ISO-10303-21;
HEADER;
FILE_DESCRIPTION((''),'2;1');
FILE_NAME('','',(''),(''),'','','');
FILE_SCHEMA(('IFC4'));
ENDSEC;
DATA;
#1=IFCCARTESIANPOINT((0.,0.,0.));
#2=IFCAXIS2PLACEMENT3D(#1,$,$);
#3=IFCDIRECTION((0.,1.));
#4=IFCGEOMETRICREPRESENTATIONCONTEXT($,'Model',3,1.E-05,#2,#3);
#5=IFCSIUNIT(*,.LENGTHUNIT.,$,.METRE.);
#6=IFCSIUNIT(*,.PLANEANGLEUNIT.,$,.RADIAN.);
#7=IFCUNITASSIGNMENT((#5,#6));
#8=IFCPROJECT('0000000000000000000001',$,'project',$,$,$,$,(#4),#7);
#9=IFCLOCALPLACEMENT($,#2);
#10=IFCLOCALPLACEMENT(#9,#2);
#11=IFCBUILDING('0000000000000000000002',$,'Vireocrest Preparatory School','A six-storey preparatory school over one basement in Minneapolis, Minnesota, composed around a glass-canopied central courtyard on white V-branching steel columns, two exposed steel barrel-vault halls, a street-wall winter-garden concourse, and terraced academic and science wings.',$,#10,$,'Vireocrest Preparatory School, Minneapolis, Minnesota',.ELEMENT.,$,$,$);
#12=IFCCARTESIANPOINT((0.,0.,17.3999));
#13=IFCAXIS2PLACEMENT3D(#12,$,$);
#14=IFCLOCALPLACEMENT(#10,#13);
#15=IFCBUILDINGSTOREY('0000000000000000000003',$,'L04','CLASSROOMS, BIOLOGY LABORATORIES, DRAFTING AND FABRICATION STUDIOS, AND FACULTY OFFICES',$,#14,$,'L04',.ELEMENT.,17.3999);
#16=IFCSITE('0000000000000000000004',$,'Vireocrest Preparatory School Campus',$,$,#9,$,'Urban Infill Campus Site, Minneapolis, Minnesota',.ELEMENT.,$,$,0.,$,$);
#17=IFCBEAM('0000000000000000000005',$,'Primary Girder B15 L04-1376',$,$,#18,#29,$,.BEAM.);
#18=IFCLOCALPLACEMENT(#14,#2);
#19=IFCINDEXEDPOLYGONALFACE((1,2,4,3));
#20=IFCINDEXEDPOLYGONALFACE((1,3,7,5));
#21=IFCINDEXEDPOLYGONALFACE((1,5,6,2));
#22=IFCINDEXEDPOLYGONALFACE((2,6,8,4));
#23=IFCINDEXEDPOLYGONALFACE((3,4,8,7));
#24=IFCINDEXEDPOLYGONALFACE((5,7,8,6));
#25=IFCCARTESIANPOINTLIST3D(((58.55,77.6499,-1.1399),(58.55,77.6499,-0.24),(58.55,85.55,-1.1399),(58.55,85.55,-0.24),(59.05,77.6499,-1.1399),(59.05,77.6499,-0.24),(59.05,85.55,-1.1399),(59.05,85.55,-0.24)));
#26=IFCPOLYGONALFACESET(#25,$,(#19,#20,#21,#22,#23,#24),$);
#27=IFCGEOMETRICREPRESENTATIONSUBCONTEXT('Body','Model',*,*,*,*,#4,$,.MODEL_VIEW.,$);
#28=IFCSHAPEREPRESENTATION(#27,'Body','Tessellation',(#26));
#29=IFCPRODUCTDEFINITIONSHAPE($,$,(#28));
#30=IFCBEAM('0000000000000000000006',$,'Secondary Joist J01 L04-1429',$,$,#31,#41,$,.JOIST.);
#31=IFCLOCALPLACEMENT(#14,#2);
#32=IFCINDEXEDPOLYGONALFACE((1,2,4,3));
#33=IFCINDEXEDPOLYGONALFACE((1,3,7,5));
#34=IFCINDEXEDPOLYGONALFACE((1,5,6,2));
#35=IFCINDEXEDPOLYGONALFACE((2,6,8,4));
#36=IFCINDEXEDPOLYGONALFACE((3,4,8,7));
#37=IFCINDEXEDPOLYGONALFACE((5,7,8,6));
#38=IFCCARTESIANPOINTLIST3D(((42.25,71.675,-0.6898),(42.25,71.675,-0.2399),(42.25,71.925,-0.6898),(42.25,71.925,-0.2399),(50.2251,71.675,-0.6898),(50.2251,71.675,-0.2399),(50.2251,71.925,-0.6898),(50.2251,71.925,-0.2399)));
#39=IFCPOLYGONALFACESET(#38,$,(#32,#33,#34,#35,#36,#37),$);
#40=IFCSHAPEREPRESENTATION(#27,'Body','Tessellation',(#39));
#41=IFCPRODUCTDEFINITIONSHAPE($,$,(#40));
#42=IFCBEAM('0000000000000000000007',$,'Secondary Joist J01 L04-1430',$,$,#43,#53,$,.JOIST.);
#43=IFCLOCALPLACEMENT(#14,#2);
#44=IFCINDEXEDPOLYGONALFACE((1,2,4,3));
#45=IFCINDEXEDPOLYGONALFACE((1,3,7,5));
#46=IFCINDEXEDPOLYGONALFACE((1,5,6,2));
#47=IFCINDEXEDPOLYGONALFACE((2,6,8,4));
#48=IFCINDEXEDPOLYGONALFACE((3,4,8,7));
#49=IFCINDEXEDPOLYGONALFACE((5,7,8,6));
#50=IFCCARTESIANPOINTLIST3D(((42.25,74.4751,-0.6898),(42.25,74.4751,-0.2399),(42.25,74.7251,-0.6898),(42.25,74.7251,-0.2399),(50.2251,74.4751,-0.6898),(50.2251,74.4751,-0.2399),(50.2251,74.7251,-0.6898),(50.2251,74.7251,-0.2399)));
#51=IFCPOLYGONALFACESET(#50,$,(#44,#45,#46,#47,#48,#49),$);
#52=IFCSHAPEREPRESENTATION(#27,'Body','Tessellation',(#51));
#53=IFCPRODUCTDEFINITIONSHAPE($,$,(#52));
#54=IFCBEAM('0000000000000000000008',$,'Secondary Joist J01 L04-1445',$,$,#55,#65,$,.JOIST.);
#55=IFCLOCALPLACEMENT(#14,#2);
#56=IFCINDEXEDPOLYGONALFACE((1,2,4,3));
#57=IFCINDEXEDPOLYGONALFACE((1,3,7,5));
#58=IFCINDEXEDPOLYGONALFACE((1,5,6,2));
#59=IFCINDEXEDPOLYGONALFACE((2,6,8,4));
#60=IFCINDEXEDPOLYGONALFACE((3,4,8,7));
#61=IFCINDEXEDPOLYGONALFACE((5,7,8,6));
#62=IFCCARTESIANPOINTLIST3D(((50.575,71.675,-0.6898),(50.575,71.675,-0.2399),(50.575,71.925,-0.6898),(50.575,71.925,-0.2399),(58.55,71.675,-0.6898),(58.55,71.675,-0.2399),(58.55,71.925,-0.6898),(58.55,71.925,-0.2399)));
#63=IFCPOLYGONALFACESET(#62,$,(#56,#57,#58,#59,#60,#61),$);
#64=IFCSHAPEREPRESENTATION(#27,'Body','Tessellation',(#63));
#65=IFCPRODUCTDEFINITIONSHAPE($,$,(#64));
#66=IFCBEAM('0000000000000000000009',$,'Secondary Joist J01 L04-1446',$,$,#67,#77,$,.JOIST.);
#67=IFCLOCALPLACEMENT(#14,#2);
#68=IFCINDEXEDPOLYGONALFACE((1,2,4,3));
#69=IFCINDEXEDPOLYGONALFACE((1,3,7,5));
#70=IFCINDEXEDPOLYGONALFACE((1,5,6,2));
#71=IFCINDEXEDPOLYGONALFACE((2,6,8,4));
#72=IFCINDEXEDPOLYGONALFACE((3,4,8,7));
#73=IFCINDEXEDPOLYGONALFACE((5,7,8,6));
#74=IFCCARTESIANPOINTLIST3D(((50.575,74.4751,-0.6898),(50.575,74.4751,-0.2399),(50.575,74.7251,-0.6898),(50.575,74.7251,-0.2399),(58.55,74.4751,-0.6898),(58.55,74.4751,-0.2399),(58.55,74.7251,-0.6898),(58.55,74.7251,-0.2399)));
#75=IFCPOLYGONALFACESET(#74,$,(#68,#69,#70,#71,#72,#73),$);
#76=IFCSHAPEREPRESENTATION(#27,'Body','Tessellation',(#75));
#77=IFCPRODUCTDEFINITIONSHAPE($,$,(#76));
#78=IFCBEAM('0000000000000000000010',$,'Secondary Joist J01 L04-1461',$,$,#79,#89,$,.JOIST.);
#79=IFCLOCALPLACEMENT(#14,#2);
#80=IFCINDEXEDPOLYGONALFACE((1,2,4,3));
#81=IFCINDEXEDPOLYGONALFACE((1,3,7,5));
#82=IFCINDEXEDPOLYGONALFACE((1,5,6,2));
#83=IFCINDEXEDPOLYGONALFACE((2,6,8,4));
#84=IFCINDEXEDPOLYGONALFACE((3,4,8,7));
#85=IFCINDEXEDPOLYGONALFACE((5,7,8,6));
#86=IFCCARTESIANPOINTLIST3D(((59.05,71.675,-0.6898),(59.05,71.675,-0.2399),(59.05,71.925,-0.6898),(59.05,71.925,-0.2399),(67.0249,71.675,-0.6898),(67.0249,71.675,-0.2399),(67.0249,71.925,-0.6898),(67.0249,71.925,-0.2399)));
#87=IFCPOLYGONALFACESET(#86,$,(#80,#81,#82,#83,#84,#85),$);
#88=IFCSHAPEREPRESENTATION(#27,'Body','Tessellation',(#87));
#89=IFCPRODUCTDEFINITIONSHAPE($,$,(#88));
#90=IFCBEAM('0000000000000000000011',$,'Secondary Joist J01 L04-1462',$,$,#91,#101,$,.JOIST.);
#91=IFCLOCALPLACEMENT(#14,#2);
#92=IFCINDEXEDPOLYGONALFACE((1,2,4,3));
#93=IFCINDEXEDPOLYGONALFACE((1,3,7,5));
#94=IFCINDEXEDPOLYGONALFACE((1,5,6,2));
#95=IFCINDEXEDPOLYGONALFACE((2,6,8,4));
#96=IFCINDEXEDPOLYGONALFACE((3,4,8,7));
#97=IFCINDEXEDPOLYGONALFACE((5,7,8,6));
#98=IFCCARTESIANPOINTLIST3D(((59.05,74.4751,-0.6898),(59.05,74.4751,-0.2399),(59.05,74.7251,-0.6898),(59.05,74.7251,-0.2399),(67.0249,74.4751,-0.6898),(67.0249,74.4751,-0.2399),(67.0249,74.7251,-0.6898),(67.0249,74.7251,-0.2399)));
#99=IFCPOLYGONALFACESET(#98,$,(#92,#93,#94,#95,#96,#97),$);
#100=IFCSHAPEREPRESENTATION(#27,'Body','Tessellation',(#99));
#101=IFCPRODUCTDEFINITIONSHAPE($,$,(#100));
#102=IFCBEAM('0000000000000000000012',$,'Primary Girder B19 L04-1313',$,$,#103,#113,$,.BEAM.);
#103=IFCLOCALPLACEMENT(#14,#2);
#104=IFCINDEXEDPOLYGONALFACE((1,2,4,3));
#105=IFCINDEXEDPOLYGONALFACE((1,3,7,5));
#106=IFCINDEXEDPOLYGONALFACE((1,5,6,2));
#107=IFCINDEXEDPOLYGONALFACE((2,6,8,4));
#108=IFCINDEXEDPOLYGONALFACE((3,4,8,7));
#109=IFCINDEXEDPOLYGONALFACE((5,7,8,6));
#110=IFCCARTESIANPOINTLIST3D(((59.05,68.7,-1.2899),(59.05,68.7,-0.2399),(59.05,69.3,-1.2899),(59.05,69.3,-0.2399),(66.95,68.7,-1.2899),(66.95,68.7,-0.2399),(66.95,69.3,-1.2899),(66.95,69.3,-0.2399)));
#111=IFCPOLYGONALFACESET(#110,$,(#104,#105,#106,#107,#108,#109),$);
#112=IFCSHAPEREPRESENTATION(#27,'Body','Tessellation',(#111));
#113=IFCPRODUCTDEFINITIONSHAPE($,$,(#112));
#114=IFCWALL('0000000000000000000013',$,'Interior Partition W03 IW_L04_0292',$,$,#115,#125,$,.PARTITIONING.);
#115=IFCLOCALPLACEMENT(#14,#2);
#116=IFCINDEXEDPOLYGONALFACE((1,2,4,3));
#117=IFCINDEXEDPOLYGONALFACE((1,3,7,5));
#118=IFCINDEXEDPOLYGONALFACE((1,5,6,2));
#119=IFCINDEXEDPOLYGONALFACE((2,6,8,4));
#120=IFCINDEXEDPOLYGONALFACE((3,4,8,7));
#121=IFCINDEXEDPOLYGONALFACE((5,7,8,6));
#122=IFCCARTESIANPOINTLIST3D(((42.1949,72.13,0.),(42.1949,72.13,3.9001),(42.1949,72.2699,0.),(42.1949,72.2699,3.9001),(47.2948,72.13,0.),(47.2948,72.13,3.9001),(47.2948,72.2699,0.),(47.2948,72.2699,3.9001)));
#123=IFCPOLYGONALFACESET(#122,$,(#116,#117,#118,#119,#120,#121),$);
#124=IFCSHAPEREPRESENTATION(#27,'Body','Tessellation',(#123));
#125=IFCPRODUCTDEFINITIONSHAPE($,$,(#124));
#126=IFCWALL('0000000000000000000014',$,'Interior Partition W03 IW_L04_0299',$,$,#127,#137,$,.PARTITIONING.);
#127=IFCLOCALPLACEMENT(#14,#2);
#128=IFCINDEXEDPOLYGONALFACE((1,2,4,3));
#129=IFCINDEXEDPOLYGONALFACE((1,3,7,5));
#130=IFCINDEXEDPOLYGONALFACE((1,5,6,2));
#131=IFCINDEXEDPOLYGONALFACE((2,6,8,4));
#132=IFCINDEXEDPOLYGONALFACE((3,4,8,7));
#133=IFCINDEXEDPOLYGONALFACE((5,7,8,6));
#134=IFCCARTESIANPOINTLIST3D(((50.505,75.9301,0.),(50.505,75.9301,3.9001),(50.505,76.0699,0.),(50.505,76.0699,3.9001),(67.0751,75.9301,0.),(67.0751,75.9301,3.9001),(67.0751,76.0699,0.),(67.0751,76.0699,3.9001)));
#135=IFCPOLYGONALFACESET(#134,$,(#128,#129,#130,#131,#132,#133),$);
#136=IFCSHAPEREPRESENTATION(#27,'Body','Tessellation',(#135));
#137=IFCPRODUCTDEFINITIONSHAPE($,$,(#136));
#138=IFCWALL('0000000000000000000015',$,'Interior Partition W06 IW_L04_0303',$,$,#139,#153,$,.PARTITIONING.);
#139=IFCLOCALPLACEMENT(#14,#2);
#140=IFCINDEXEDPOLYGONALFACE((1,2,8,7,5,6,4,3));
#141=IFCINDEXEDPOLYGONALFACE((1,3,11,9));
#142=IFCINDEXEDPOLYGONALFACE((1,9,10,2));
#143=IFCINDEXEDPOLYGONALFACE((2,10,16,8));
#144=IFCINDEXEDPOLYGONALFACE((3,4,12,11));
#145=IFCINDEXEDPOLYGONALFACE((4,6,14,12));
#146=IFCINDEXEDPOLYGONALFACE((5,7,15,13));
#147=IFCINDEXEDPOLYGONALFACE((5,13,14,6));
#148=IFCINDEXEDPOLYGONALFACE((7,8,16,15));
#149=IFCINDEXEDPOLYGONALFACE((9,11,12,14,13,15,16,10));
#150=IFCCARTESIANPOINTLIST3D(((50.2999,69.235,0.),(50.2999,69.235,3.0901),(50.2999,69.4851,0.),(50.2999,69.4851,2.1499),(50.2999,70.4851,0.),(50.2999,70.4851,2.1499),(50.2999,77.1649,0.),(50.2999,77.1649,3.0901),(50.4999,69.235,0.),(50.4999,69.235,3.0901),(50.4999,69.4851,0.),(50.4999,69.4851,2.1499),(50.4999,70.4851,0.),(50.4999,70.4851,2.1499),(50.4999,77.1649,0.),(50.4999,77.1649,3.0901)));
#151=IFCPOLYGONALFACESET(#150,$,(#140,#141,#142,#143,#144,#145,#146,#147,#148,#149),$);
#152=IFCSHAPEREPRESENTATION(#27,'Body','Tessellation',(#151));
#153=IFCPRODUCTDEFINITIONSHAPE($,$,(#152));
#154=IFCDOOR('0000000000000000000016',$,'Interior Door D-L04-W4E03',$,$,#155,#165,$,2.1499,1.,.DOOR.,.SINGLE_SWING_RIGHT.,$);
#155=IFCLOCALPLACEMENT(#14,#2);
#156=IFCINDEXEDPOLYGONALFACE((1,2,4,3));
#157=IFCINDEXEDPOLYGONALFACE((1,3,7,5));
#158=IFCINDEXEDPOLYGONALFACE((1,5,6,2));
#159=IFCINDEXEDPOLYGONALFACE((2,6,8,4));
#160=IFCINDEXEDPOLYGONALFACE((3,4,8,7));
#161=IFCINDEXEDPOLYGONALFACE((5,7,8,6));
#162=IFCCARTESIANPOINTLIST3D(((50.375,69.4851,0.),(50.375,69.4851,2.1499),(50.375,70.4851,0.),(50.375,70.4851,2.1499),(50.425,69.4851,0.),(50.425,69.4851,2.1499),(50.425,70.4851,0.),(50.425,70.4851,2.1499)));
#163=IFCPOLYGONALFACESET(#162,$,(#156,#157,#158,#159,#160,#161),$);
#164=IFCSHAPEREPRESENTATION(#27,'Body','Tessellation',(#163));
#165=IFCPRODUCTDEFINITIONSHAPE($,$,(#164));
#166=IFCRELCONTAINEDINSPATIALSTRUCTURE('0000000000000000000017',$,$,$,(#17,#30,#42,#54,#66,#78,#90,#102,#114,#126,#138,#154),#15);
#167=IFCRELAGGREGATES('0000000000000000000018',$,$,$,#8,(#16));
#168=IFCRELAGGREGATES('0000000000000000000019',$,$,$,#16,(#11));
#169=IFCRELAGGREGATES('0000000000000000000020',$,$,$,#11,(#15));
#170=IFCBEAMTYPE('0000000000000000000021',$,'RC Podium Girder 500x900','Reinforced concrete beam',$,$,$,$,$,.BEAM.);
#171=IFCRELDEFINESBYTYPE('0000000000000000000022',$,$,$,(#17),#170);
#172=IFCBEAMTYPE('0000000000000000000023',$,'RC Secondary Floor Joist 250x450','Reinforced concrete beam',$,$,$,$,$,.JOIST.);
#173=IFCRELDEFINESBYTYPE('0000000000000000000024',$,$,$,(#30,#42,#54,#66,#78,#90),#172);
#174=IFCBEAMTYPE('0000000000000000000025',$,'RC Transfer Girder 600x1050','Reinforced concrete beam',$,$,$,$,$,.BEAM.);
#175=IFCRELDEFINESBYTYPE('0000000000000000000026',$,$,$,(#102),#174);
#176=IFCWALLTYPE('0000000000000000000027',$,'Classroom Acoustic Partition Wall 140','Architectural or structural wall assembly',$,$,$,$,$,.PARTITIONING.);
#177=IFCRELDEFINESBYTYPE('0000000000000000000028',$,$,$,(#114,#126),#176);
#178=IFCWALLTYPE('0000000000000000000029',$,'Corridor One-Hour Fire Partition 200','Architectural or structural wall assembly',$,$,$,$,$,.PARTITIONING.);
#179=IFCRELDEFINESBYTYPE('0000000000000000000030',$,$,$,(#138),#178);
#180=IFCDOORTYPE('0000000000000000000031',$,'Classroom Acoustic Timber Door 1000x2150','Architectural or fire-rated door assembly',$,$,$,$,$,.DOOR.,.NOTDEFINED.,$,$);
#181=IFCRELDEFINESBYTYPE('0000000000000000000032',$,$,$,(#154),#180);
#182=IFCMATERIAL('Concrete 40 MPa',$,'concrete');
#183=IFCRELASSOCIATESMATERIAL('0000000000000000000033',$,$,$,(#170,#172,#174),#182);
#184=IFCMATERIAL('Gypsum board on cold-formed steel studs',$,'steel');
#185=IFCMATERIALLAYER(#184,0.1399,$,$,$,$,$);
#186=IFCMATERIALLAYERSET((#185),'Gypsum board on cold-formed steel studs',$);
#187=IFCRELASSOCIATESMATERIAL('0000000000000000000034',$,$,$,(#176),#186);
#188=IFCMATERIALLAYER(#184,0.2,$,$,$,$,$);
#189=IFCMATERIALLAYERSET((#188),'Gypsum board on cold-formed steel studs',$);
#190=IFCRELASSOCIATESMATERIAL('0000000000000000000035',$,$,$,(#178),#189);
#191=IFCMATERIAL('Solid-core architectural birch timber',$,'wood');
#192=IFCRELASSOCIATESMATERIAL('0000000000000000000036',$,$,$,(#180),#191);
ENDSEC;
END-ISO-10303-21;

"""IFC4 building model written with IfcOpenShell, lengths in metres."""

from ifc_helpers import new_model, si_unit, direction, frame, frame_2d, origin, origin_2d, place, context, subcontext, project, spatial, rectangle, extrude, material, layer, layer_set, material_profile, profile_set, type_object, element, fill, save


model = new_model("IFC4")

# Units and contexts
model_context = context("Model", 3, precision=1e-05, world=origin(), true_north=direction((0.0, 1.0)))
body_context = subcontext(model_context, "Body", "Model", "MODEL_VIEW")
ifc_project = project(units=[si_unit("LENGTHUNIT", "METRE"), si_unit("PLANEANGLEUNIT", "RADIAN")], contexts=[model_context])

# Site, building, storey
site_placement = place(None, origin())
site = spatial("IfcSite", under=ifc_project, at=site_placement, Name="Vireocrest Preparatory School Campus", LongName="Urban Infill Campus Site, Minneapolis, Minnesota", CompositionType="ELEMENT", RefElevation=0.0)
building_placement = place(site_placement, origin())
building = spatial("IfcBuilding", under=site, at=building_placement, Name="Vireocrest Preparatory School", Description="A six-storey preparatory school over one basement in Minneapolis, Minnesota, composed around a glass-canopied central courtyard on white V-branching steel columns, two exposed steel barrel-vault halls, a street-wall winter-garden concourse, and terraced academic and science wings.", LongName="Vireocrest Preparatory School, Minneapolis, Minnesota", CompositionType="ELEMENT")
storey_placement = place(building_placement, frame((0.0, 0.0, 17.3999)))
storey = spatial("IfcBuildingStorey", under=building, at=storey_placement, Name="L04", Description="CLASSROOMS, BIOLOGY LABORATORIES, DRAFTING AND FABRICATION STUDIOS, AND FACULTY OFFICES", LongName="L04", CompositionType="ELEMENT", Elevation=17.3999)

# Beams
ifc_material_1 = material(Name="Concrete 40 MPa", Category="concrete")
ifc_material_profile_1 = material_profile(ifc_material_1, rectangle(XDim=0.5, YDim=0.8999, at=origin_2d()), Name="RC 500x900")
ifc_profile_set_1 = profile_set([ifc_material_profile_1], Name="Concrete 40 MPa")
beam_type_1 = type_object("IfcBeamType", Name="RC Podium Girder 500x900", Description="Reinforced concrete beam", PredefinedType="BEAM", material=ifc_profile_set_1)
for number, where, z_axis, x_axis, name in (
    (1, (58.8, 77.6499, -0.6899), (0.0, 1.0, 0.0), (-1.0, 0.0, 0.0), "Primary Girder B15 L04-1376"),
):
    element("IfcBeam", number, at=place(storey_placement, frame(where, z_axis=z_axis, x_axis=x_axis)), inside=storey, type_object=beam_type_1, Name=name, PredefinedType="BEAM", context=body_context, shape_type="SweptSolid", body=[
        extrude(rectangle(XDim=0.5, YDim=0.8999, at=origin_2d()), origin(), (0.0, 0.0, 1.0), 7.9001),
    ])
ifc_material_profile_2 = material_profile(ifc_material_1, rectangle(XDim=0.25, YDim=0.45, at=origin_2d()), Name="RC 250x450")
ifc_profile_set_2 = profile_set([ifc_material_profile_2], Name="Concrete 40 MPa")
beam_type_2 = type_object("IfcBeamType", Name="RC Secondary Floor Joist 250x450", Description="Reinforced concrete beam", PredefinedType="JOIST", material=ifc_profile_set_2)
for number, where, z_axis, x_axis, name in (
    (2, (42.25, 71.8, -0.4648), (1.0, 0.0, 0.0), (0.0, 1.0, 0.0), "Secondary Joist J01 L04-1429"),
    (3, (42.25, 74.6001, -0.4648), (1.0, 0.0, 0.0), (0.0, 1.0, 0.0), "Secondary Joist J01 L04-1430"),
    (4, (50.575, 71.8, -0.4648), (1.0, 0.0, 0.0), (0.0, 1.0, 0.0), "Secondary Joist J01 L04-1445"),
    (5, (50.575, 74.6001, -0.4648), (1.0, 0.0, 0.0), (0.0, 1.0, 0.0), "Secondary Joist J01 L04-1446"),
):
    element("IfcBeam", number, at=place(storey_placement, frame(where, z_axis=z_axis, x_axis=x_axis)), inside=storey, type_object=beam_type_2, Name=name, PredefinedType="JOIST", context=body_context, shape_type="SweptSolid", body=[
        extrude(rectangle(XDim=0.25, YDim=0.45, at=origin_2d()), origin(), (0.0, 0.0, 1.0), 7.9751),
    ])
for number, where, z_axis, x_axis, name in (
    (6, (59.05, 71.8, -0.4648), (1.0, 0.0, 0.0), (0.0, 1.0, 0.0), "Secondary Joist J01 L04-1461"),
    (7, (59.05, 74.6001, -0.4648), (1.0, 0.0, 0.0), (0.0, 1.0, 0.0), "Secondary Joist J01 L04-1462"),
):
    element("IfcBeam", number, at=place(storey_placement, frame(where, z_axis=z_axis, x_axis=x_axis)), inside=storey, type_object=beam_type_2, Name=name, PredefinedType="JOIST", context=body_context, shape_type="SweptSolid", body=[
        extrude(rectangle(XDim=0.25, YDim=0.45, at=origin_2d()), origin(), (0.0, 0.0, 1.0), 7.9749),
    ])
ifc_material_profile_3 = material_profile(ifc_material_1, rectangle(XDim=0.6001, YDim=1.05, at=origin_2d()), Name="RC 600x1050")
ifc_profile_set_3 = profile_set([ifc_material_profile_3], Name="Concrete 40 MPa")
beam_type_3 = type_object("IfcBeamType", Name="RC Transfer Girder 600x1050", Description="Reinforced concrete beam", PredefinedType="BEAM", material=ifc_profile_set_3)
beam_1_placement = place(storey_placement, frame((59.05, 69.0, -0.7649), z_axis=(1.0, 0.0, 0.0), x_axis=(0.0, 1.0, 0.0)))
element("IfcBeam", 8, at=beam_1_placement, inside=storey, type_object=beam_type_3, Name="Primary Girder B19 L04-1313", PredefinedType="BEAM", context=body_context, shape_type="SweptSolid", body=[
    extrude(rectangle(XDim=0.6001, YDim=1.05, at=origin_2d()), origin(), (0.0, 0.0, 1.0), 7.8999),
])

# Walls
ifc_material_2 = material(Name="Gypsum board on cold-formed steel studs", Category="steel")
ifc_layer_1 = layer(ifc_material_2, 0.1399)
ifc_layer_set_1 = layer_set([ifc_layer_1], Name="Gypsum board on cold-formed steel studs")
wall_type_1 = type_object("IfcWallType", Name="Classroom Acoustic Partition Wall 140", Description="Architectural or structural wall assembly", PredefinedType="PARTITIONING", material=ifc_layer_set_1)
wall_1_placement = place(storey_placement, frame((42.1951, 72.2, 0.0), z_axis=(0.0, 0.0, 1.0), x_axis=(1.0, 0.0, 0.0)))
element("IfcWall", 9, at=wall_1_placement, inside=storey, type_object=wall_type_1, Name="Interior Partition W03 IW_L04_0292", PredefinedType="PARTITIONING", context=body_context, shape_type="SweptSolid", body=[
    extrude(rectangle(XDim=5.0999, YDim=0.1399, at=frame_2d((2.5498, 0.0))), origin(), (0.0, 0.0, 1.0), 3.9001),
])
wall_2_placement = place(storey_placement, frame((50.5049, 76.0, 0.0), z_axis=(0.0, 0.0, 1.0), x_axis=(1.0, 0.0, 0.0)))
element("IfcWall", 10, at=wall_2_placement, inside=storey, type_object=wall_type_1, Name="Interior Partition W03 IW_L04_0299", PredefinedType="PARTITIONING", context=body_context, shape_type="SweptSolid", body=[
    extrude(rectangle(XDim=16.5701, YDim=0.1399, at=frame_2d((8.2852, 0.0))), origin(), (0.0, 0.0, 1.0), 3.9001),
])

# Wall, opening, door
ifc_layer_2 = layer(ifc_material_2, 0.2)
ifc_layer_set_2 = layer_set([ifc_layer_2], Name="Gypsum board on cold-formed steel studs")
wall_type_2 = type_object("IfcWallType", Name="Corridor One-Hour Fire Partition 200", Description="Architectural or structural wall assembly", PredefinedType="PARTITIONING", material=ifc_layer_set_2)
wall_3_placement = place(storey_placement, frame((50.3999, 69.2351, 0.0), z_axis=(0.0, 0.0, 1.0), x_axis=(0.0, 1.0, 0.0)))
wall_3 = element("IfcWall", 11, at=wall_3_placement, inside=storey, type_object=wall_type_2, Name="Interior Partition W06 IW_L04_0303", PredefinedType="PARTITIONING", context=body_context, shape_type="SweptSolid", body=[
    extrude(rectangle(XDim=7.9299, YDim=0.2, at=frame_2d((3.9648, 0.0))), origin(), (0.0, 0.0, 1.0), 3.0901),
])
opening_1_placement = place(wall_3_placement, frame((0.25, 0.0, 0.0)))
opening_1 = element("IfcOpeningElement", 12, at=opening_1_placement, cuts=wall_3, PredefinedType="OPENING", context=body_context, shape_type="SweptSolid", body=[
    extrude(rectangle(XDim=1.0, YDim=2.1499, at=frame_2d((0.5, 1.075))), frame((0.0, 0.1099, 0.0), z_axis=(0.0, -1.0, 0.0), x_axis=(1.0, 0.0, 0.0)), (0.0, 0.0, 1.0), 0.22),
])
ifc_material_3 = material(Name="Solid-core architectural birch timber", Category="wood")
door_type = type_object("IfcDoorType", Name="Classroom Acoustic Timber Door 1000x2150", Description="Architectural or fire-rated door assembly", OperationType="NOTDEFINED", PredefinedType="DOOR", material=ifc_material_3)
door_1_placement = place(opening_1_placement, origin())
door_1 = element("IfcDoor", 13, at=door_1_placement, inside=storey, type_object=door_type, Name="Interior Door D-L04-W4E03", OperationType="SINGLE_SWING_RIGHT", OverallHeight=2.1499, OverallWidth=1.0, PredefinedType="DOOR", context=body_context, shape_type="SweptSolid", body=[
    extrude(rectangle(XDim=1.0, YDim=2.1499, at=frame_2d((0.5, 1.075))), frame((0.0, 0.0249, 0.0), z_axis=(0.0, -1.0, 0.0), x_axis=(1.0, 0.0, 0.0)), (0.0, 0.0, 1.0), 0.05),
])
fill(opening_1, door_1)

save(model, "model.ifc")
